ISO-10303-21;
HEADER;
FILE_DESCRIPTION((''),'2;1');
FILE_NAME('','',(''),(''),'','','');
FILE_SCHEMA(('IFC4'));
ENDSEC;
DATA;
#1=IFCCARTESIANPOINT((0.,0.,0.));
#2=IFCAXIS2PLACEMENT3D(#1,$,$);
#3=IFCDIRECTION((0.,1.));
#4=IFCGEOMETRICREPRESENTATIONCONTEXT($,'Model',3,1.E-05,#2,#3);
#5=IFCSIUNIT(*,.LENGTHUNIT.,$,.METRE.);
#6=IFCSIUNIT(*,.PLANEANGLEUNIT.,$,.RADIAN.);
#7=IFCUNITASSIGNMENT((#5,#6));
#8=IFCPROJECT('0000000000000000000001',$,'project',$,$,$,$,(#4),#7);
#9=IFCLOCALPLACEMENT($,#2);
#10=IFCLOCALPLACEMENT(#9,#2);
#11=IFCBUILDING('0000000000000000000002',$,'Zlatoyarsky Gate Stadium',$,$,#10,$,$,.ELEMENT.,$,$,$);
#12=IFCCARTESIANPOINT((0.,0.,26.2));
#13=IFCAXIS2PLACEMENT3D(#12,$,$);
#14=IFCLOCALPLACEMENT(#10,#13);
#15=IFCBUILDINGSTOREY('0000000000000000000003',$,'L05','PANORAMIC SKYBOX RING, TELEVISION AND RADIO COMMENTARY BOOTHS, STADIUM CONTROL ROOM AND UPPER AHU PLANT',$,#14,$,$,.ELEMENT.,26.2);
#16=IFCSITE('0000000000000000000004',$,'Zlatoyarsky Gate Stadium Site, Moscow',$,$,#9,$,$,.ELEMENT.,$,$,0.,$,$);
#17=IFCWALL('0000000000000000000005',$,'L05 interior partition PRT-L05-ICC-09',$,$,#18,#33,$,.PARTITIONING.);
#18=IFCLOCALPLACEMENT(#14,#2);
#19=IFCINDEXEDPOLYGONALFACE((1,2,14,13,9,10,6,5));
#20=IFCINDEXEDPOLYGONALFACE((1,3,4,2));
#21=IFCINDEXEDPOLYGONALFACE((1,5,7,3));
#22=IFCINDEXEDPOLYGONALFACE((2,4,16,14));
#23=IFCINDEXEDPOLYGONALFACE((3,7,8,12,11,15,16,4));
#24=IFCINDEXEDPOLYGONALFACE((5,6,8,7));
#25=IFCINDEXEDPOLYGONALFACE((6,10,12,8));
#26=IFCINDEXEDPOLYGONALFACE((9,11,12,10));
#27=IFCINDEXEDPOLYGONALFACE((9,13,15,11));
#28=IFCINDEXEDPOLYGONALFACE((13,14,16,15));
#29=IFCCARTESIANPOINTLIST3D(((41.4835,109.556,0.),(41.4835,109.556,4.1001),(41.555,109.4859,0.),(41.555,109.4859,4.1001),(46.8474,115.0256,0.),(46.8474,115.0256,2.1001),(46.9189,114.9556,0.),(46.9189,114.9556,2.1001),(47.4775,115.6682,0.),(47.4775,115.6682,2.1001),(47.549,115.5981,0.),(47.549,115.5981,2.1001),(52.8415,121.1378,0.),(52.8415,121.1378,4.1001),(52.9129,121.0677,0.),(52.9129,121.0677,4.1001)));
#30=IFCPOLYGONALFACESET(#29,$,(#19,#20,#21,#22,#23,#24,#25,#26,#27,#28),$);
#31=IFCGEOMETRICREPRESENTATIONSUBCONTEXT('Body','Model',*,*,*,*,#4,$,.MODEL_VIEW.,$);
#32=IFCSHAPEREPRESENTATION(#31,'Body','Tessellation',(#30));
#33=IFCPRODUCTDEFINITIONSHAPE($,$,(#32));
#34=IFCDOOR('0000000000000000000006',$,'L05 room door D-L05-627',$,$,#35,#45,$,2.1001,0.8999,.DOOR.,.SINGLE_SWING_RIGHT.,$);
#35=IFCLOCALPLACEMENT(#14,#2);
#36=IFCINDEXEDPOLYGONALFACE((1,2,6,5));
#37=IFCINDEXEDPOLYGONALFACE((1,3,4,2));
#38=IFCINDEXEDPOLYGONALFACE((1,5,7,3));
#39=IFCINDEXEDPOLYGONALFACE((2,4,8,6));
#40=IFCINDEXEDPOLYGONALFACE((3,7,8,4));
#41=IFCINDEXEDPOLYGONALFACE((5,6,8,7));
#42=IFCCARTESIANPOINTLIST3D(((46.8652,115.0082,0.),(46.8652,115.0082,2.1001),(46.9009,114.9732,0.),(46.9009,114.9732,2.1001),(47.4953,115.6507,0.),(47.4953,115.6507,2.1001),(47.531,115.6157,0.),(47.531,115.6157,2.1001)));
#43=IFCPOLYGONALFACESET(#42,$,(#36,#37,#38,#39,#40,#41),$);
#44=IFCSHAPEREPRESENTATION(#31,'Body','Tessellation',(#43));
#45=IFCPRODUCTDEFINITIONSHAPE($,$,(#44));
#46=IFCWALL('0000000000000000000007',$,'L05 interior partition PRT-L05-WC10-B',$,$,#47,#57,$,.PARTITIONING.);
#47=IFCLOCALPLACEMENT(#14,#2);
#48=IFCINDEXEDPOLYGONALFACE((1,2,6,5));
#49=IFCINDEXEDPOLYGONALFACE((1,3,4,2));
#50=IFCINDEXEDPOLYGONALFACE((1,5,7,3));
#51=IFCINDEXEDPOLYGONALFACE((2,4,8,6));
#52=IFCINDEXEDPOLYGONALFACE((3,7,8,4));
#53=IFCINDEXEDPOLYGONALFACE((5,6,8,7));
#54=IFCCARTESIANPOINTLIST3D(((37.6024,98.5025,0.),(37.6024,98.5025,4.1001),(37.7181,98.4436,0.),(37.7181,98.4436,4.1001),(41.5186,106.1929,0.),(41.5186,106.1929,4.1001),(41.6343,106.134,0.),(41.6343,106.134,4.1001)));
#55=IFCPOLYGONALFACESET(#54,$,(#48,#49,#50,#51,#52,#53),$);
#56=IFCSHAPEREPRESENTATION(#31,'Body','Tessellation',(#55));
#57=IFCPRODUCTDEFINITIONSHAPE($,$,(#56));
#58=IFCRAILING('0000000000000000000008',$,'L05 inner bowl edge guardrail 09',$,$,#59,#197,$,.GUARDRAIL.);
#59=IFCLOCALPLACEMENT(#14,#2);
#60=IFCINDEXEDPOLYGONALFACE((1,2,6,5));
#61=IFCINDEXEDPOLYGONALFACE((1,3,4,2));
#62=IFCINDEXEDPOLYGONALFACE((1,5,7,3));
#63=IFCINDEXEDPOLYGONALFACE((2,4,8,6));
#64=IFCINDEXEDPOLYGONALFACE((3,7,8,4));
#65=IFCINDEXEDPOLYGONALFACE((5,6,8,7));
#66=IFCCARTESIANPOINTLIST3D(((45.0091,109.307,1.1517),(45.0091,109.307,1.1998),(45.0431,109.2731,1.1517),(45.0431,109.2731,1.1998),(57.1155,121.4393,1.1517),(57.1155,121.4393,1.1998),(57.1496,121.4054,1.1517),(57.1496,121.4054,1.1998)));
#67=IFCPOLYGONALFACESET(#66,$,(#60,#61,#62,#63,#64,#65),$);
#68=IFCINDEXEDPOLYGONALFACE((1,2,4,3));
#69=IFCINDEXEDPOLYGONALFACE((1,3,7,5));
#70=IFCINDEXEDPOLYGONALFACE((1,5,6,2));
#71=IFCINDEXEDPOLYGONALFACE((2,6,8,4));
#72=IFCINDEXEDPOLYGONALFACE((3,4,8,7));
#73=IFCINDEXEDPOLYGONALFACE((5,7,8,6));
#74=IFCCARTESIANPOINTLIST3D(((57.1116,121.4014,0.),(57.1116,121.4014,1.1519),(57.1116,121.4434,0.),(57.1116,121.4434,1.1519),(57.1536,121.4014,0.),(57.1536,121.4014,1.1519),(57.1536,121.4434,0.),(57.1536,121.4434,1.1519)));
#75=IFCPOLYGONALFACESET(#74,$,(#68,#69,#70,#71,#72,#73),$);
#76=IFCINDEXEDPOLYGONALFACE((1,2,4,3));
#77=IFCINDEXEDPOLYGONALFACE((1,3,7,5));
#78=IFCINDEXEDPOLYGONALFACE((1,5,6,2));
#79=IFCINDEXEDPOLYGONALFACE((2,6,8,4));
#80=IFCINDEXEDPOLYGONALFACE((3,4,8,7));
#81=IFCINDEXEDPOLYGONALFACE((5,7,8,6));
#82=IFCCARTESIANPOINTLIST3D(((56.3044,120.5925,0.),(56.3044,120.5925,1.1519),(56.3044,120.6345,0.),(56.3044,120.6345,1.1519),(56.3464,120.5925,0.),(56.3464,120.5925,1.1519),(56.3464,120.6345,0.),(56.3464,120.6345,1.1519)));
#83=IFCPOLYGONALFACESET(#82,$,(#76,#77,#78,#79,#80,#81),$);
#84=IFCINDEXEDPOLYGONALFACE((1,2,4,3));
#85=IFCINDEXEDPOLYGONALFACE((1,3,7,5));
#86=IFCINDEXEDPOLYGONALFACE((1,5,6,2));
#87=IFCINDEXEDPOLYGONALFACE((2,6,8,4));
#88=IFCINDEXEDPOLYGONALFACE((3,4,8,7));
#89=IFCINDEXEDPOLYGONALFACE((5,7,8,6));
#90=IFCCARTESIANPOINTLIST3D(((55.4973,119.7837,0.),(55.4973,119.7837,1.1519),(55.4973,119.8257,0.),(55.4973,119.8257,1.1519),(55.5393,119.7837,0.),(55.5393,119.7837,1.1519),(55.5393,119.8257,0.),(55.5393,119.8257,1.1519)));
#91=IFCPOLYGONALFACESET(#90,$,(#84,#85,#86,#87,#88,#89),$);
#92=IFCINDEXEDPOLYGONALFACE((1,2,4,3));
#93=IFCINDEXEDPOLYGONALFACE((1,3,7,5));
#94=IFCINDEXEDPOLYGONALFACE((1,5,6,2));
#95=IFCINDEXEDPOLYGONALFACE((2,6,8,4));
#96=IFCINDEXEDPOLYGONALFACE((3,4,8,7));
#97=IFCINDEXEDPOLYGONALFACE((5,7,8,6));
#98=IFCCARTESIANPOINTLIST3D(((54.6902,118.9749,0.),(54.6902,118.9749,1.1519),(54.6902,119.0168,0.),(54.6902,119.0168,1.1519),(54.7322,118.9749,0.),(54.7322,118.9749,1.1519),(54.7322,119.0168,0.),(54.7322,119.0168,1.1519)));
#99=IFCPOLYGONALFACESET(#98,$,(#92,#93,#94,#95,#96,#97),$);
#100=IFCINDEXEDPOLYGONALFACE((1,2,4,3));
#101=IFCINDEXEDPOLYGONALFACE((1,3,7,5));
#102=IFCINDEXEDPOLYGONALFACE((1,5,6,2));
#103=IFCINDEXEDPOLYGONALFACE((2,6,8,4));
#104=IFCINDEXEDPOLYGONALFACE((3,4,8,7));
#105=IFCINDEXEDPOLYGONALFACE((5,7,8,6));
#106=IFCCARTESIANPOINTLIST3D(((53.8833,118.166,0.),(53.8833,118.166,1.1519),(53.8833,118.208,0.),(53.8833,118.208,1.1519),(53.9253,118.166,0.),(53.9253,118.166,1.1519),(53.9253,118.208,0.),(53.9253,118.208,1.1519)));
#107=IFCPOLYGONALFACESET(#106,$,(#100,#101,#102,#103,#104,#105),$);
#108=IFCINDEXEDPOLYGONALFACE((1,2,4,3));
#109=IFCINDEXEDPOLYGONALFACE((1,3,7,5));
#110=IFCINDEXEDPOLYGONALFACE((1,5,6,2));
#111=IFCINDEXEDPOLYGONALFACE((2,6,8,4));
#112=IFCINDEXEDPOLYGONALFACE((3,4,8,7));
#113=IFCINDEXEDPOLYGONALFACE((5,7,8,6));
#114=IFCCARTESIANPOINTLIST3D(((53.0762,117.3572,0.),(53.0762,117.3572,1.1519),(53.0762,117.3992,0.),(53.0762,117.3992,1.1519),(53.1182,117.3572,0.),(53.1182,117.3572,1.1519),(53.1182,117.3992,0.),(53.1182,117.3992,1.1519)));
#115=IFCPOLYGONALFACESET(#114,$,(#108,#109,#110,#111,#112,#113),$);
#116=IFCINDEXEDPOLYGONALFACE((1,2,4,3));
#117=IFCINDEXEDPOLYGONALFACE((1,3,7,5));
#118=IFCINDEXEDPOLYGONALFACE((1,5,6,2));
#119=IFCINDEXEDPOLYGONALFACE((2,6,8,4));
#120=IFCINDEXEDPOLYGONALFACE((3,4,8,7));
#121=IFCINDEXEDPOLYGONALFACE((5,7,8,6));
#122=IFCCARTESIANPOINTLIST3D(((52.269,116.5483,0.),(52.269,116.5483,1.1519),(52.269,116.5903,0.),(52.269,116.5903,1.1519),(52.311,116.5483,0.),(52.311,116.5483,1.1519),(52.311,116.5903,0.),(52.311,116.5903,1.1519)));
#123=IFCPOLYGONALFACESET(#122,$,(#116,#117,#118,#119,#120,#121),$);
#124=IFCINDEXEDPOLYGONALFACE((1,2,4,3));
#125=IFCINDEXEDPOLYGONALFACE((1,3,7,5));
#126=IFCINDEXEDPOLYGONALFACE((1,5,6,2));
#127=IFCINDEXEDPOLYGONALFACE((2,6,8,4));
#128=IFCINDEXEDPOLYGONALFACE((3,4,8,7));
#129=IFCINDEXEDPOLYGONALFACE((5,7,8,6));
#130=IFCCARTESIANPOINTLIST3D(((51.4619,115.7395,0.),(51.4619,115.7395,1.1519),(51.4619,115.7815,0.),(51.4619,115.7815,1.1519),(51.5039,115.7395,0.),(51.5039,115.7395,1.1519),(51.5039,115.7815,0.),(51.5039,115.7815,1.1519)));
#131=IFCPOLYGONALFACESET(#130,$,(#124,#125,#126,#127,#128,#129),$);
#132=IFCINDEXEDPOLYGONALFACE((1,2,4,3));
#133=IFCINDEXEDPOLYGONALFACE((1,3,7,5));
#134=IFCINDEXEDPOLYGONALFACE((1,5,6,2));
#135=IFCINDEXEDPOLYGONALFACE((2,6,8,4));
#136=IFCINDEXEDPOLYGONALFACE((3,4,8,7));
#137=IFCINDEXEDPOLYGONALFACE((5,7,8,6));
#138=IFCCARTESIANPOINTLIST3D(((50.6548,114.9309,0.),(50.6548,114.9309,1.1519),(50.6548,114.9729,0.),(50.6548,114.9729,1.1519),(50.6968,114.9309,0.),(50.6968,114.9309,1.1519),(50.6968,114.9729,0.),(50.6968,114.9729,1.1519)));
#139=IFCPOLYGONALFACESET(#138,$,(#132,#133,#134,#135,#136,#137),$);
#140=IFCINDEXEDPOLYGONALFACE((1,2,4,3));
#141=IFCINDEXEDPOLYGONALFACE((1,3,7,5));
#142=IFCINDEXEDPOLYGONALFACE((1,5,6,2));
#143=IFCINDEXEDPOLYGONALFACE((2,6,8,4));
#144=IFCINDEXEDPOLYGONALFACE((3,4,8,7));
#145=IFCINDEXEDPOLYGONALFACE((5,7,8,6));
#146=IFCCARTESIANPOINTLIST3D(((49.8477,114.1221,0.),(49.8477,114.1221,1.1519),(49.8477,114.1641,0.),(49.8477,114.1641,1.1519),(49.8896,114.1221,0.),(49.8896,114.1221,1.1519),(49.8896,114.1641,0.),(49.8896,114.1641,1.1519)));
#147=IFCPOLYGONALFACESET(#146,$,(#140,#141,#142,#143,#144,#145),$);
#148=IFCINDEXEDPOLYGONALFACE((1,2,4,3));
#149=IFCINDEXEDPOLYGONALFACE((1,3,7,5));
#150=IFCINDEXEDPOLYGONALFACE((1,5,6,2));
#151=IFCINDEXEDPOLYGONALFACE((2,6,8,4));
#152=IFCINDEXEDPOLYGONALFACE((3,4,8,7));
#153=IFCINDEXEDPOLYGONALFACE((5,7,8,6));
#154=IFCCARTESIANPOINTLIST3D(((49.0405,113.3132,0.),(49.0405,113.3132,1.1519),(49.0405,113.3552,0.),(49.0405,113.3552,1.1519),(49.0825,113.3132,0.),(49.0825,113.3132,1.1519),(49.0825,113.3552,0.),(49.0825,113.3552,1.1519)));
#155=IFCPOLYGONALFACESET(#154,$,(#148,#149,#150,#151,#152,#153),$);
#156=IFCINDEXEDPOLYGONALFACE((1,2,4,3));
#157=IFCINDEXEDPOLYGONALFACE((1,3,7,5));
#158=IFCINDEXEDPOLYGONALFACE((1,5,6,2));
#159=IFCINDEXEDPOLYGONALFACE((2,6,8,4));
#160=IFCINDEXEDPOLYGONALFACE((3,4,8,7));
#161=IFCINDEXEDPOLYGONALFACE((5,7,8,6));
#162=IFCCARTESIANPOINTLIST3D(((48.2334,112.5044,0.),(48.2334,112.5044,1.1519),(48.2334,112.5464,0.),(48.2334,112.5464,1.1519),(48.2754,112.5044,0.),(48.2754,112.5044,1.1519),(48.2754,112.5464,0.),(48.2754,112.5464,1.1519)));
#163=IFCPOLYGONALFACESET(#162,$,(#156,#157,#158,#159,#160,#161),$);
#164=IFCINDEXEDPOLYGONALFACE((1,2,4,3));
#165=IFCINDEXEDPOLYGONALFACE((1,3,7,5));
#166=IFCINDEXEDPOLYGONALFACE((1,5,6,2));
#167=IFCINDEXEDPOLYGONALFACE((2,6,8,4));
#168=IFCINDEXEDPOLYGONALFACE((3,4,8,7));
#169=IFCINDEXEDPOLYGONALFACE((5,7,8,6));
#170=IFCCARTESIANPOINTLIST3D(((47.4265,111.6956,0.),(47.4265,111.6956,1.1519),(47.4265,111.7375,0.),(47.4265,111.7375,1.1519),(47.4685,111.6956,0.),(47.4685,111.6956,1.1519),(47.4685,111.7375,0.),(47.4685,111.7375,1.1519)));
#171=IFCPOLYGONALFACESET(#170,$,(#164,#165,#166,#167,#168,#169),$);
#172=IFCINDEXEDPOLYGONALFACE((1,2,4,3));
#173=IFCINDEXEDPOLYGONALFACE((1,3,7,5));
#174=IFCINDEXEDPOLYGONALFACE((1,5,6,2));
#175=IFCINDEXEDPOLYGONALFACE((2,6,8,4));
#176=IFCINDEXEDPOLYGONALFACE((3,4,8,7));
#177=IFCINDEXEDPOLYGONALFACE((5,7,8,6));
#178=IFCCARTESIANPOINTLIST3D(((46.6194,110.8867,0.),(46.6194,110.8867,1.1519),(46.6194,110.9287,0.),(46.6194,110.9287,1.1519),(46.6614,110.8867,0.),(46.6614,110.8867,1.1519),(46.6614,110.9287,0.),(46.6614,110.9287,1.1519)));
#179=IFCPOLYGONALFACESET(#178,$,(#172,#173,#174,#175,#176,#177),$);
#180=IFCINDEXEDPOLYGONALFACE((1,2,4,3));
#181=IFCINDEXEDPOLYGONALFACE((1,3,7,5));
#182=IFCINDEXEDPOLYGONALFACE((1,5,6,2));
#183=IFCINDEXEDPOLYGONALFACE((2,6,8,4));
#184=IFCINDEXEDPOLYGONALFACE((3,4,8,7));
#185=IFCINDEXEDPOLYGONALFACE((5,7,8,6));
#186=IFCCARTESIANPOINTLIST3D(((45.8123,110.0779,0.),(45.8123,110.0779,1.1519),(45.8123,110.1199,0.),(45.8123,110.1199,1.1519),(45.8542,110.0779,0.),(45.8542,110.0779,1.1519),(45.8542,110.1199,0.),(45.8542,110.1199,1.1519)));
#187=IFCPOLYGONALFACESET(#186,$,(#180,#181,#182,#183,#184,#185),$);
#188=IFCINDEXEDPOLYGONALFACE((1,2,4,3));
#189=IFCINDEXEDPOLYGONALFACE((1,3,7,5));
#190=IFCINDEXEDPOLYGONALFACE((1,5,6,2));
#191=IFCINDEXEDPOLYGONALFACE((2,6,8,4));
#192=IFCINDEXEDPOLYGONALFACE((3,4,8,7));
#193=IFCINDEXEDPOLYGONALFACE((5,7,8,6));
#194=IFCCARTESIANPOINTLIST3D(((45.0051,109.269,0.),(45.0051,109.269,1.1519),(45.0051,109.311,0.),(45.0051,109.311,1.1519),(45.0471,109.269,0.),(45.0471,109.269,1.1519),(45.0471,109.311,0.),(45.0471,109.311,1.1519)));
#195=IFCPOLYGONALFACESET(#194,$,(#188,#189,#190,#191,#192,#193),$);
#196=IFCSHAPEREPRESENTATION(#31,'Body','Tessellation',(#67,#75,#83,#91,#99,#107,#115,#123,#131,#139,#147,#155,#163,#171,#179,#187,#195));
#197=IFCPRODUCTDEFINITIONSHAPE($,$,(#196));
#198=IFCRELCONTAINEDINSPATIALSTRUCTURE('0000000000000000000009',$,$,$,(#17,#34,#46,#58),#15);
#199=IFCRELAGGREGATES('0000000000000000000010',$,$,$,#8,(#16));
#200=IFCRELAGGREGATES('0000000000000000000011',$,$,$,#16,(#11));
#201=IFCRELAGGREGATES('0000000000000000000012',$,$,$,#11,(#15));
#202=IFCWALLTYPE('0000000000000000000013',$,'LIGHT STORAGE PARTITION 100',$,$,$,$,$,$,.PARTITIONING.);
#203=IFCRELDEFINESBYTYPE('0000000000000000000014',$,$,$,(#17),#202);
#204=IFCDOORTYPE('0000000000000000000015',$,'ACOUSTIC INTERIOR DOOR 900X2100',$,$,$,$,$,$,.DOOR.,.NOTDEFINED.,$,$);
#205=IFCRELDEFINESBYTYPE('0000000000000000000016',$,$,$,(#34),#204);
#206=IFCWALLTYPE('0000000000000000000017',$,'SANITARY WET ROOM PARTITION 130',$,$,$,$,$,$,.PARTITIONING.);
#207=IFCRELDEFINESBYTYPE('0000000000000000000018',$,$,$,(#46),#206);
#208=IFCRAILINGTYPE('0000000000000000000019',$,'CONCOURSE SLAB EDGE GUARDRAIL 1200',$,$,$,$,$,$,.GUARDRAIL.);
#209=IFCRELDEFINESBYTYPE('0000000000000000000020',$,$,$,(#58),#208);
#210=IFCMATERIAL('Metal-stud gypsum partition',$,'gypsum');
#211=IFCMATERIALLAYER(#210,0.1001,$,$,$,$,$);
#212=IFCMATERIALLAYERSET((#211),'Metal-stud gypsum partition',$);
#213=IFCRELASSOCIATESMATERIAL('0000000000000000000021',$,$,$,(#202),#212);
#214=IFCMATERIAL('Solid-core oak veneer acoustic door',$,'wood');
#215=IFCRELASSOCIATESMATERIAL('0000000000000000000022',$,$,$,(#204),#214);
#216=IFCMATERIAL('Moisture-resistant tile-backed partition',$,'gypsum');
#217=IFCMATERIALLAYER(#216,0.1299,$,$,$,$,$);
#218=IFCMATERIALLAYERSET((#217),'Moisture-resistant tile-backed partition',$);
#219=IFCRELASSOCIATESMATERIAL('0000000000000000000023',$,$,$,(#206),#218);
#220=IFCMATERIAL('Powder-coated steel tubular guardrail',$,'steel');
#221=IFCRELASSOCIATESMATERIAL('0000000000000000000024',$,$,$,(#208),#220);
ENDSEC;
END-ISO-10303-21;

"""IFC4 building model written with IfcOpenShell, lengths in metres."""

from ifc_helpers import new_model, si_unit, direction, frame, frame_2d, origin, origin_2d, place, context, subcontext, project, spatial, rectangle, extrude, material, layer, layer_set, type_object, element, fill, save


model = new_model("IFC4")

# Units and contexts
model_context = context("Model", 3, precision=1e-05, world=origin(), true_north=direction((0.0, 1.0)))
body_context = subcontext(model_context, "Body", "Model", "MODEL_VIEW")
ifc_project = project(units=[si_unit("LENGTHUNIT", "METRE"), si_unit("PLANEANGLEUNIT", "RADIAN")], contexts=[model_context])

# Site, building, storey
site_placement = place(None, origin())
site = spatial("IfcSite", under=ifc_project, at=site_placement, Name="Zlatoyarsky Gate Stadium Site, Moscow", CompositionType="ELEMENT", RefElevation=0.0)
building_placement = place(site_placement, origin())
building = spatial("IfcBuilding", under=site, at=building_placement, Name="Zlatoyarsky Gate Stadium", CompositionType="ELEMENT")
storey_placement = place(building_placement, frame((0.0, 0.0, 26.2)))
storey = spatial("IfcBuildingStorey", under=building, at=storey_placement, Name="L05", Description="PANORAMIC SKYBOX RING, TELEVISION AND RADIO COMMENTARY BOOTHS, STADIUM CONTROL ROOM AND UPPER AHU PLANT", CompositionType="ELEMENT", Elevation=26.2)

# Shared definitions
ifc_material_1 = material(Name="Metal-stud gypsum partition", Category="gypsum")

# Wall, opening, door
ifc_layer_1 = layer(ifc_material_1, 0.1001)
ifc_layer_set_1 = layer_set([ifc_layer_1], Name="Metal-stud gypsum partition")
wall_type_1 = type_object("IfcWallType", Name="LIGHT STORAGE PARTITION 100", PredefinedType="PARTITIONING", material=ifc_layer_set_1)
wall_1_placement = place(storey_placement, frame((52.8772, 121.1028, 0.0), z_axis=(0.0, 0.0, 1.0), x_axis=(-0.700173, -0.713974, 0.0)))
wall_1 = element("IfcWall", 1, at=wall_1_placement, inside=storey, type_object=wall_type_1, Name="L05 interior partition PRT-L05-ICC-09", PredefinedType="PARTITIONING", context=body_context, shape_type="SweptSolid", body=[
    extrude(rectangle(XDim=16.2217, YDim=0.1001, at=frame_2d((8.1108, 0.0))), origin(), (0.0, 0.0, 1.0), 4.1001),
])
opening_1_placement = place(wall_1_placement, frame((7.6609, 0.0, 0.0)))
opening_1 = element("IfcOpeningElement", 2, at=opening_1_placement, cuts=wall_1, PredefinedType="OPENING", context=body_context, shape_type="SweptSolid", body=[
    extrude(rectangle(XDim=0.8999, YDim=2.1001, at=frame_2d((0.45, 1.05))), frame((0.0, 0.0601, 0.0), z_axis=(0.0, -1.0, 0.0), x_axis=(1.0, 0.0, 0.0)), (0.0, 0.0, 1.0), 0.1201),
])
ifc_material_2 = material(Name="Solid-core oak veneer acoustic door", Category="wood")
door_type_1 = type_object("IfcDoorType", Name="ACOUSTIC INTERIOR DOOR 900X2100", OperationType="NOTDEFINED", PredefinedType="DOOR", material=ifc_material_2)
door_1_placement = place(opening_1_placement, origin())
door_1 = element("IfcDoor", 3, at=door_1_placement, inside=storey, type_object=door_type_1, Name="L05 room door D-L05-627", OperationType="SINGLE_SWING_RIGHT", OverallHeight=2.1001, OverallWidth=0.8999, PredefinedType="DOOR", context=body_context, shape_type="SweptSolid", body=[
    extrude(rectangle(XDim=0.8999, YDim=2.1001, at=frame_2d((0.45, 1.05))), frame((0.0, 0.0249, 0.0), z_axis=(0.0, -1.0, 0.0), x_axis=(1.0, 0.0, 0.0)), (0.0, 0.0, 1.0), 0.05),
])
fill(opening_1, door_1)

# Wall
ifc_material_3 = material(Name="Moisture-resistant tile-backed partition", Category="gypsum")
ifc_layer_2 = layer(ifc_material_3, 0.1299)
ifc_layer_set_2 = layer_set([ifc_layer_2], Name="Moisture-resistant tile-backed partition")
wall_type_2 = type_object("IfcWallType", Name="SANITARY WET ROOM PARTITION 130", PredefinedType="PARTITIONING", material=ifc_layer_set_2)
wall_2_placement = place(storey_placement, frame((41.5764, 106.1633, 0.0), z_axis=(0.0, 0.0, 1.0), x_axis=(-0.453787, -0.89111, 0.0)))
element("IfcWall", 4, at=wall_2_placement, inside=storey, type_object=wall_type_2, Name="L05 interior partition PRT-L05-WC10-B", PredefinedType="PARTITIONING", context=body_context, shape_type="SweptSolid", body=[
    extrude(rectangle(XDim=8.6301, YDim=0.1299, at=frame_2d((4.3149, 0.0))), origin(), (0.0, 0.0, 1.0), 4.1001),
])

# Railing
ifc_material_4 = material(Name="Powder-coated steel tubular guardrail", Category="steel")
railing_type = type_object("IfcRailingType", Name="CONCOURSE SLAB EDGE GUARDRAIL 1200", PredefinedType="GUARDRAIL", material=ifc_material_4)
railing_1_placement = place(storey_placement, frame((57.1326, 121.4224, 0.0)))
element("IfcRailing", 5, at=railing_1_placement, inside=storey, type_object=railing_type, Name="L05 inner bowl edge guardrail 09", PredefinedType="GUARDRAIL", context=body_context, shape_type="SweptSolid", body=[
    extrude(rectangle(XDim=0.0481, YDim=0.0481, at=origin_2d()), frame((0.0, 0.0, 1.1758), z_axis=(-0.706351, -0.707861, 0.0), x_axis=(0.707861, -0.706351, 0.0)), (0.0, 0.0, 1.0), 17.1394),
    extrude(rectangle(XDim=0.042, YDim=0.042, at=origin_2d()), origin(), (0.0, 0.0, 1.0), 1.1519),
    extrude(rectangle(XDim=0.042, YDim=0.042, at=origin_2d()), frame((-0.8071, -0.8088, 0.0)), (0.0, 0.0, 1.0), 1.1519),
    extrude(rectangle(XDim=0.042, YDim=0.042, at=origin_2d()), frame((-1.6143, -1.6177, 0.0)), (0.0, 0.0, 1.0), 1.1519),
    extrude(rectangle(XDim=0.042, YDim=0.042, at=origin_2d()), frame((-2.4214, -2.4265, 0.0)), (0.0, 0.0, 1.0), 1.1519),
    extrude(rectangle(XDim=0.042, YDim=0.042, at=origin_2d()), frame((-3.2283, -3.2354, 0.0)), (0.0, 0.0, 1.0), 1.1519),
    extrude(rectangle(XDim=0.042, YDim=0.042, at=origin_2d()), frame((-4.0354, -4.0442, 0.0)), (0.0, 0.0, 1.0), 1.1519),
    extrude(rectangle(XDim=0.042, YDim=0.042, at=origin_2d()), frame((-4.8425, -4.853, 0.0)), (0.0, 0.0, 1.0), 1.1519),
    extrude(rectangle(XDim=0.042, YDim=0.042, at=origin_2d()), frame((-5.6497, -5.6619, 0.0)), (0.0, 0.0, 1.0), 1.1519),
    extrude(rectangle(XDim=0.042, YDim=0.042, at=origin_2d()), frame((-6.4568, -6.4705, 0.0)), (0.0, 0.0, 1.0), 1.1519),
    extrude(rectangle(XDim=0.042, YDim=0.042, at=origin_2d()), frame((-7.2639, -7.2793, 0.0)), (0.0, 0.0, 1.0), 1.1519),
    extrude(rectangle(XDim=0.042, YDim=0.042, at=origin_2d()), frame((-8.071, -8.0881, 0.0)), (0.0, 0.0, 1.0), 1.1519),
    extrude(rectangle(XDim=0.042, YDim=0.042, at=origin_2d()), frame((-8.8782, -8.897, 0.0)), (0.0, 0.0, 1.0), 1.1519),
    extrude(rectangle(XDim=0.042, YDim=0.042, at=origin_2d()), frame((-9.6851, -9.7058, 0.0)), (0.0, 0.0, 1.0), 1.1519),
    extrude(rectangle(XDim=0.042, YDim=0.042, at=origin_2d()), frame((-10.4922, -10.5146, 0.0)), (0.0, 0.0, 1.0), 1.1519),
    extrude(rectangle(XDim=0.042, YDim=0.042, at=origin_2d()), frame((-11.2993, -11.3235, 0.0)), (0.0, 0.0, 1.0), 1.1519),
    extrude(rectangle(XDim=0.042, YDim=0.042, at=origin_2d()), frame((-12.1064, -12.1323, 0.0)), (0.0, 0.0, 1.0), 1.1519),
])

save(model, "model.ifc")
